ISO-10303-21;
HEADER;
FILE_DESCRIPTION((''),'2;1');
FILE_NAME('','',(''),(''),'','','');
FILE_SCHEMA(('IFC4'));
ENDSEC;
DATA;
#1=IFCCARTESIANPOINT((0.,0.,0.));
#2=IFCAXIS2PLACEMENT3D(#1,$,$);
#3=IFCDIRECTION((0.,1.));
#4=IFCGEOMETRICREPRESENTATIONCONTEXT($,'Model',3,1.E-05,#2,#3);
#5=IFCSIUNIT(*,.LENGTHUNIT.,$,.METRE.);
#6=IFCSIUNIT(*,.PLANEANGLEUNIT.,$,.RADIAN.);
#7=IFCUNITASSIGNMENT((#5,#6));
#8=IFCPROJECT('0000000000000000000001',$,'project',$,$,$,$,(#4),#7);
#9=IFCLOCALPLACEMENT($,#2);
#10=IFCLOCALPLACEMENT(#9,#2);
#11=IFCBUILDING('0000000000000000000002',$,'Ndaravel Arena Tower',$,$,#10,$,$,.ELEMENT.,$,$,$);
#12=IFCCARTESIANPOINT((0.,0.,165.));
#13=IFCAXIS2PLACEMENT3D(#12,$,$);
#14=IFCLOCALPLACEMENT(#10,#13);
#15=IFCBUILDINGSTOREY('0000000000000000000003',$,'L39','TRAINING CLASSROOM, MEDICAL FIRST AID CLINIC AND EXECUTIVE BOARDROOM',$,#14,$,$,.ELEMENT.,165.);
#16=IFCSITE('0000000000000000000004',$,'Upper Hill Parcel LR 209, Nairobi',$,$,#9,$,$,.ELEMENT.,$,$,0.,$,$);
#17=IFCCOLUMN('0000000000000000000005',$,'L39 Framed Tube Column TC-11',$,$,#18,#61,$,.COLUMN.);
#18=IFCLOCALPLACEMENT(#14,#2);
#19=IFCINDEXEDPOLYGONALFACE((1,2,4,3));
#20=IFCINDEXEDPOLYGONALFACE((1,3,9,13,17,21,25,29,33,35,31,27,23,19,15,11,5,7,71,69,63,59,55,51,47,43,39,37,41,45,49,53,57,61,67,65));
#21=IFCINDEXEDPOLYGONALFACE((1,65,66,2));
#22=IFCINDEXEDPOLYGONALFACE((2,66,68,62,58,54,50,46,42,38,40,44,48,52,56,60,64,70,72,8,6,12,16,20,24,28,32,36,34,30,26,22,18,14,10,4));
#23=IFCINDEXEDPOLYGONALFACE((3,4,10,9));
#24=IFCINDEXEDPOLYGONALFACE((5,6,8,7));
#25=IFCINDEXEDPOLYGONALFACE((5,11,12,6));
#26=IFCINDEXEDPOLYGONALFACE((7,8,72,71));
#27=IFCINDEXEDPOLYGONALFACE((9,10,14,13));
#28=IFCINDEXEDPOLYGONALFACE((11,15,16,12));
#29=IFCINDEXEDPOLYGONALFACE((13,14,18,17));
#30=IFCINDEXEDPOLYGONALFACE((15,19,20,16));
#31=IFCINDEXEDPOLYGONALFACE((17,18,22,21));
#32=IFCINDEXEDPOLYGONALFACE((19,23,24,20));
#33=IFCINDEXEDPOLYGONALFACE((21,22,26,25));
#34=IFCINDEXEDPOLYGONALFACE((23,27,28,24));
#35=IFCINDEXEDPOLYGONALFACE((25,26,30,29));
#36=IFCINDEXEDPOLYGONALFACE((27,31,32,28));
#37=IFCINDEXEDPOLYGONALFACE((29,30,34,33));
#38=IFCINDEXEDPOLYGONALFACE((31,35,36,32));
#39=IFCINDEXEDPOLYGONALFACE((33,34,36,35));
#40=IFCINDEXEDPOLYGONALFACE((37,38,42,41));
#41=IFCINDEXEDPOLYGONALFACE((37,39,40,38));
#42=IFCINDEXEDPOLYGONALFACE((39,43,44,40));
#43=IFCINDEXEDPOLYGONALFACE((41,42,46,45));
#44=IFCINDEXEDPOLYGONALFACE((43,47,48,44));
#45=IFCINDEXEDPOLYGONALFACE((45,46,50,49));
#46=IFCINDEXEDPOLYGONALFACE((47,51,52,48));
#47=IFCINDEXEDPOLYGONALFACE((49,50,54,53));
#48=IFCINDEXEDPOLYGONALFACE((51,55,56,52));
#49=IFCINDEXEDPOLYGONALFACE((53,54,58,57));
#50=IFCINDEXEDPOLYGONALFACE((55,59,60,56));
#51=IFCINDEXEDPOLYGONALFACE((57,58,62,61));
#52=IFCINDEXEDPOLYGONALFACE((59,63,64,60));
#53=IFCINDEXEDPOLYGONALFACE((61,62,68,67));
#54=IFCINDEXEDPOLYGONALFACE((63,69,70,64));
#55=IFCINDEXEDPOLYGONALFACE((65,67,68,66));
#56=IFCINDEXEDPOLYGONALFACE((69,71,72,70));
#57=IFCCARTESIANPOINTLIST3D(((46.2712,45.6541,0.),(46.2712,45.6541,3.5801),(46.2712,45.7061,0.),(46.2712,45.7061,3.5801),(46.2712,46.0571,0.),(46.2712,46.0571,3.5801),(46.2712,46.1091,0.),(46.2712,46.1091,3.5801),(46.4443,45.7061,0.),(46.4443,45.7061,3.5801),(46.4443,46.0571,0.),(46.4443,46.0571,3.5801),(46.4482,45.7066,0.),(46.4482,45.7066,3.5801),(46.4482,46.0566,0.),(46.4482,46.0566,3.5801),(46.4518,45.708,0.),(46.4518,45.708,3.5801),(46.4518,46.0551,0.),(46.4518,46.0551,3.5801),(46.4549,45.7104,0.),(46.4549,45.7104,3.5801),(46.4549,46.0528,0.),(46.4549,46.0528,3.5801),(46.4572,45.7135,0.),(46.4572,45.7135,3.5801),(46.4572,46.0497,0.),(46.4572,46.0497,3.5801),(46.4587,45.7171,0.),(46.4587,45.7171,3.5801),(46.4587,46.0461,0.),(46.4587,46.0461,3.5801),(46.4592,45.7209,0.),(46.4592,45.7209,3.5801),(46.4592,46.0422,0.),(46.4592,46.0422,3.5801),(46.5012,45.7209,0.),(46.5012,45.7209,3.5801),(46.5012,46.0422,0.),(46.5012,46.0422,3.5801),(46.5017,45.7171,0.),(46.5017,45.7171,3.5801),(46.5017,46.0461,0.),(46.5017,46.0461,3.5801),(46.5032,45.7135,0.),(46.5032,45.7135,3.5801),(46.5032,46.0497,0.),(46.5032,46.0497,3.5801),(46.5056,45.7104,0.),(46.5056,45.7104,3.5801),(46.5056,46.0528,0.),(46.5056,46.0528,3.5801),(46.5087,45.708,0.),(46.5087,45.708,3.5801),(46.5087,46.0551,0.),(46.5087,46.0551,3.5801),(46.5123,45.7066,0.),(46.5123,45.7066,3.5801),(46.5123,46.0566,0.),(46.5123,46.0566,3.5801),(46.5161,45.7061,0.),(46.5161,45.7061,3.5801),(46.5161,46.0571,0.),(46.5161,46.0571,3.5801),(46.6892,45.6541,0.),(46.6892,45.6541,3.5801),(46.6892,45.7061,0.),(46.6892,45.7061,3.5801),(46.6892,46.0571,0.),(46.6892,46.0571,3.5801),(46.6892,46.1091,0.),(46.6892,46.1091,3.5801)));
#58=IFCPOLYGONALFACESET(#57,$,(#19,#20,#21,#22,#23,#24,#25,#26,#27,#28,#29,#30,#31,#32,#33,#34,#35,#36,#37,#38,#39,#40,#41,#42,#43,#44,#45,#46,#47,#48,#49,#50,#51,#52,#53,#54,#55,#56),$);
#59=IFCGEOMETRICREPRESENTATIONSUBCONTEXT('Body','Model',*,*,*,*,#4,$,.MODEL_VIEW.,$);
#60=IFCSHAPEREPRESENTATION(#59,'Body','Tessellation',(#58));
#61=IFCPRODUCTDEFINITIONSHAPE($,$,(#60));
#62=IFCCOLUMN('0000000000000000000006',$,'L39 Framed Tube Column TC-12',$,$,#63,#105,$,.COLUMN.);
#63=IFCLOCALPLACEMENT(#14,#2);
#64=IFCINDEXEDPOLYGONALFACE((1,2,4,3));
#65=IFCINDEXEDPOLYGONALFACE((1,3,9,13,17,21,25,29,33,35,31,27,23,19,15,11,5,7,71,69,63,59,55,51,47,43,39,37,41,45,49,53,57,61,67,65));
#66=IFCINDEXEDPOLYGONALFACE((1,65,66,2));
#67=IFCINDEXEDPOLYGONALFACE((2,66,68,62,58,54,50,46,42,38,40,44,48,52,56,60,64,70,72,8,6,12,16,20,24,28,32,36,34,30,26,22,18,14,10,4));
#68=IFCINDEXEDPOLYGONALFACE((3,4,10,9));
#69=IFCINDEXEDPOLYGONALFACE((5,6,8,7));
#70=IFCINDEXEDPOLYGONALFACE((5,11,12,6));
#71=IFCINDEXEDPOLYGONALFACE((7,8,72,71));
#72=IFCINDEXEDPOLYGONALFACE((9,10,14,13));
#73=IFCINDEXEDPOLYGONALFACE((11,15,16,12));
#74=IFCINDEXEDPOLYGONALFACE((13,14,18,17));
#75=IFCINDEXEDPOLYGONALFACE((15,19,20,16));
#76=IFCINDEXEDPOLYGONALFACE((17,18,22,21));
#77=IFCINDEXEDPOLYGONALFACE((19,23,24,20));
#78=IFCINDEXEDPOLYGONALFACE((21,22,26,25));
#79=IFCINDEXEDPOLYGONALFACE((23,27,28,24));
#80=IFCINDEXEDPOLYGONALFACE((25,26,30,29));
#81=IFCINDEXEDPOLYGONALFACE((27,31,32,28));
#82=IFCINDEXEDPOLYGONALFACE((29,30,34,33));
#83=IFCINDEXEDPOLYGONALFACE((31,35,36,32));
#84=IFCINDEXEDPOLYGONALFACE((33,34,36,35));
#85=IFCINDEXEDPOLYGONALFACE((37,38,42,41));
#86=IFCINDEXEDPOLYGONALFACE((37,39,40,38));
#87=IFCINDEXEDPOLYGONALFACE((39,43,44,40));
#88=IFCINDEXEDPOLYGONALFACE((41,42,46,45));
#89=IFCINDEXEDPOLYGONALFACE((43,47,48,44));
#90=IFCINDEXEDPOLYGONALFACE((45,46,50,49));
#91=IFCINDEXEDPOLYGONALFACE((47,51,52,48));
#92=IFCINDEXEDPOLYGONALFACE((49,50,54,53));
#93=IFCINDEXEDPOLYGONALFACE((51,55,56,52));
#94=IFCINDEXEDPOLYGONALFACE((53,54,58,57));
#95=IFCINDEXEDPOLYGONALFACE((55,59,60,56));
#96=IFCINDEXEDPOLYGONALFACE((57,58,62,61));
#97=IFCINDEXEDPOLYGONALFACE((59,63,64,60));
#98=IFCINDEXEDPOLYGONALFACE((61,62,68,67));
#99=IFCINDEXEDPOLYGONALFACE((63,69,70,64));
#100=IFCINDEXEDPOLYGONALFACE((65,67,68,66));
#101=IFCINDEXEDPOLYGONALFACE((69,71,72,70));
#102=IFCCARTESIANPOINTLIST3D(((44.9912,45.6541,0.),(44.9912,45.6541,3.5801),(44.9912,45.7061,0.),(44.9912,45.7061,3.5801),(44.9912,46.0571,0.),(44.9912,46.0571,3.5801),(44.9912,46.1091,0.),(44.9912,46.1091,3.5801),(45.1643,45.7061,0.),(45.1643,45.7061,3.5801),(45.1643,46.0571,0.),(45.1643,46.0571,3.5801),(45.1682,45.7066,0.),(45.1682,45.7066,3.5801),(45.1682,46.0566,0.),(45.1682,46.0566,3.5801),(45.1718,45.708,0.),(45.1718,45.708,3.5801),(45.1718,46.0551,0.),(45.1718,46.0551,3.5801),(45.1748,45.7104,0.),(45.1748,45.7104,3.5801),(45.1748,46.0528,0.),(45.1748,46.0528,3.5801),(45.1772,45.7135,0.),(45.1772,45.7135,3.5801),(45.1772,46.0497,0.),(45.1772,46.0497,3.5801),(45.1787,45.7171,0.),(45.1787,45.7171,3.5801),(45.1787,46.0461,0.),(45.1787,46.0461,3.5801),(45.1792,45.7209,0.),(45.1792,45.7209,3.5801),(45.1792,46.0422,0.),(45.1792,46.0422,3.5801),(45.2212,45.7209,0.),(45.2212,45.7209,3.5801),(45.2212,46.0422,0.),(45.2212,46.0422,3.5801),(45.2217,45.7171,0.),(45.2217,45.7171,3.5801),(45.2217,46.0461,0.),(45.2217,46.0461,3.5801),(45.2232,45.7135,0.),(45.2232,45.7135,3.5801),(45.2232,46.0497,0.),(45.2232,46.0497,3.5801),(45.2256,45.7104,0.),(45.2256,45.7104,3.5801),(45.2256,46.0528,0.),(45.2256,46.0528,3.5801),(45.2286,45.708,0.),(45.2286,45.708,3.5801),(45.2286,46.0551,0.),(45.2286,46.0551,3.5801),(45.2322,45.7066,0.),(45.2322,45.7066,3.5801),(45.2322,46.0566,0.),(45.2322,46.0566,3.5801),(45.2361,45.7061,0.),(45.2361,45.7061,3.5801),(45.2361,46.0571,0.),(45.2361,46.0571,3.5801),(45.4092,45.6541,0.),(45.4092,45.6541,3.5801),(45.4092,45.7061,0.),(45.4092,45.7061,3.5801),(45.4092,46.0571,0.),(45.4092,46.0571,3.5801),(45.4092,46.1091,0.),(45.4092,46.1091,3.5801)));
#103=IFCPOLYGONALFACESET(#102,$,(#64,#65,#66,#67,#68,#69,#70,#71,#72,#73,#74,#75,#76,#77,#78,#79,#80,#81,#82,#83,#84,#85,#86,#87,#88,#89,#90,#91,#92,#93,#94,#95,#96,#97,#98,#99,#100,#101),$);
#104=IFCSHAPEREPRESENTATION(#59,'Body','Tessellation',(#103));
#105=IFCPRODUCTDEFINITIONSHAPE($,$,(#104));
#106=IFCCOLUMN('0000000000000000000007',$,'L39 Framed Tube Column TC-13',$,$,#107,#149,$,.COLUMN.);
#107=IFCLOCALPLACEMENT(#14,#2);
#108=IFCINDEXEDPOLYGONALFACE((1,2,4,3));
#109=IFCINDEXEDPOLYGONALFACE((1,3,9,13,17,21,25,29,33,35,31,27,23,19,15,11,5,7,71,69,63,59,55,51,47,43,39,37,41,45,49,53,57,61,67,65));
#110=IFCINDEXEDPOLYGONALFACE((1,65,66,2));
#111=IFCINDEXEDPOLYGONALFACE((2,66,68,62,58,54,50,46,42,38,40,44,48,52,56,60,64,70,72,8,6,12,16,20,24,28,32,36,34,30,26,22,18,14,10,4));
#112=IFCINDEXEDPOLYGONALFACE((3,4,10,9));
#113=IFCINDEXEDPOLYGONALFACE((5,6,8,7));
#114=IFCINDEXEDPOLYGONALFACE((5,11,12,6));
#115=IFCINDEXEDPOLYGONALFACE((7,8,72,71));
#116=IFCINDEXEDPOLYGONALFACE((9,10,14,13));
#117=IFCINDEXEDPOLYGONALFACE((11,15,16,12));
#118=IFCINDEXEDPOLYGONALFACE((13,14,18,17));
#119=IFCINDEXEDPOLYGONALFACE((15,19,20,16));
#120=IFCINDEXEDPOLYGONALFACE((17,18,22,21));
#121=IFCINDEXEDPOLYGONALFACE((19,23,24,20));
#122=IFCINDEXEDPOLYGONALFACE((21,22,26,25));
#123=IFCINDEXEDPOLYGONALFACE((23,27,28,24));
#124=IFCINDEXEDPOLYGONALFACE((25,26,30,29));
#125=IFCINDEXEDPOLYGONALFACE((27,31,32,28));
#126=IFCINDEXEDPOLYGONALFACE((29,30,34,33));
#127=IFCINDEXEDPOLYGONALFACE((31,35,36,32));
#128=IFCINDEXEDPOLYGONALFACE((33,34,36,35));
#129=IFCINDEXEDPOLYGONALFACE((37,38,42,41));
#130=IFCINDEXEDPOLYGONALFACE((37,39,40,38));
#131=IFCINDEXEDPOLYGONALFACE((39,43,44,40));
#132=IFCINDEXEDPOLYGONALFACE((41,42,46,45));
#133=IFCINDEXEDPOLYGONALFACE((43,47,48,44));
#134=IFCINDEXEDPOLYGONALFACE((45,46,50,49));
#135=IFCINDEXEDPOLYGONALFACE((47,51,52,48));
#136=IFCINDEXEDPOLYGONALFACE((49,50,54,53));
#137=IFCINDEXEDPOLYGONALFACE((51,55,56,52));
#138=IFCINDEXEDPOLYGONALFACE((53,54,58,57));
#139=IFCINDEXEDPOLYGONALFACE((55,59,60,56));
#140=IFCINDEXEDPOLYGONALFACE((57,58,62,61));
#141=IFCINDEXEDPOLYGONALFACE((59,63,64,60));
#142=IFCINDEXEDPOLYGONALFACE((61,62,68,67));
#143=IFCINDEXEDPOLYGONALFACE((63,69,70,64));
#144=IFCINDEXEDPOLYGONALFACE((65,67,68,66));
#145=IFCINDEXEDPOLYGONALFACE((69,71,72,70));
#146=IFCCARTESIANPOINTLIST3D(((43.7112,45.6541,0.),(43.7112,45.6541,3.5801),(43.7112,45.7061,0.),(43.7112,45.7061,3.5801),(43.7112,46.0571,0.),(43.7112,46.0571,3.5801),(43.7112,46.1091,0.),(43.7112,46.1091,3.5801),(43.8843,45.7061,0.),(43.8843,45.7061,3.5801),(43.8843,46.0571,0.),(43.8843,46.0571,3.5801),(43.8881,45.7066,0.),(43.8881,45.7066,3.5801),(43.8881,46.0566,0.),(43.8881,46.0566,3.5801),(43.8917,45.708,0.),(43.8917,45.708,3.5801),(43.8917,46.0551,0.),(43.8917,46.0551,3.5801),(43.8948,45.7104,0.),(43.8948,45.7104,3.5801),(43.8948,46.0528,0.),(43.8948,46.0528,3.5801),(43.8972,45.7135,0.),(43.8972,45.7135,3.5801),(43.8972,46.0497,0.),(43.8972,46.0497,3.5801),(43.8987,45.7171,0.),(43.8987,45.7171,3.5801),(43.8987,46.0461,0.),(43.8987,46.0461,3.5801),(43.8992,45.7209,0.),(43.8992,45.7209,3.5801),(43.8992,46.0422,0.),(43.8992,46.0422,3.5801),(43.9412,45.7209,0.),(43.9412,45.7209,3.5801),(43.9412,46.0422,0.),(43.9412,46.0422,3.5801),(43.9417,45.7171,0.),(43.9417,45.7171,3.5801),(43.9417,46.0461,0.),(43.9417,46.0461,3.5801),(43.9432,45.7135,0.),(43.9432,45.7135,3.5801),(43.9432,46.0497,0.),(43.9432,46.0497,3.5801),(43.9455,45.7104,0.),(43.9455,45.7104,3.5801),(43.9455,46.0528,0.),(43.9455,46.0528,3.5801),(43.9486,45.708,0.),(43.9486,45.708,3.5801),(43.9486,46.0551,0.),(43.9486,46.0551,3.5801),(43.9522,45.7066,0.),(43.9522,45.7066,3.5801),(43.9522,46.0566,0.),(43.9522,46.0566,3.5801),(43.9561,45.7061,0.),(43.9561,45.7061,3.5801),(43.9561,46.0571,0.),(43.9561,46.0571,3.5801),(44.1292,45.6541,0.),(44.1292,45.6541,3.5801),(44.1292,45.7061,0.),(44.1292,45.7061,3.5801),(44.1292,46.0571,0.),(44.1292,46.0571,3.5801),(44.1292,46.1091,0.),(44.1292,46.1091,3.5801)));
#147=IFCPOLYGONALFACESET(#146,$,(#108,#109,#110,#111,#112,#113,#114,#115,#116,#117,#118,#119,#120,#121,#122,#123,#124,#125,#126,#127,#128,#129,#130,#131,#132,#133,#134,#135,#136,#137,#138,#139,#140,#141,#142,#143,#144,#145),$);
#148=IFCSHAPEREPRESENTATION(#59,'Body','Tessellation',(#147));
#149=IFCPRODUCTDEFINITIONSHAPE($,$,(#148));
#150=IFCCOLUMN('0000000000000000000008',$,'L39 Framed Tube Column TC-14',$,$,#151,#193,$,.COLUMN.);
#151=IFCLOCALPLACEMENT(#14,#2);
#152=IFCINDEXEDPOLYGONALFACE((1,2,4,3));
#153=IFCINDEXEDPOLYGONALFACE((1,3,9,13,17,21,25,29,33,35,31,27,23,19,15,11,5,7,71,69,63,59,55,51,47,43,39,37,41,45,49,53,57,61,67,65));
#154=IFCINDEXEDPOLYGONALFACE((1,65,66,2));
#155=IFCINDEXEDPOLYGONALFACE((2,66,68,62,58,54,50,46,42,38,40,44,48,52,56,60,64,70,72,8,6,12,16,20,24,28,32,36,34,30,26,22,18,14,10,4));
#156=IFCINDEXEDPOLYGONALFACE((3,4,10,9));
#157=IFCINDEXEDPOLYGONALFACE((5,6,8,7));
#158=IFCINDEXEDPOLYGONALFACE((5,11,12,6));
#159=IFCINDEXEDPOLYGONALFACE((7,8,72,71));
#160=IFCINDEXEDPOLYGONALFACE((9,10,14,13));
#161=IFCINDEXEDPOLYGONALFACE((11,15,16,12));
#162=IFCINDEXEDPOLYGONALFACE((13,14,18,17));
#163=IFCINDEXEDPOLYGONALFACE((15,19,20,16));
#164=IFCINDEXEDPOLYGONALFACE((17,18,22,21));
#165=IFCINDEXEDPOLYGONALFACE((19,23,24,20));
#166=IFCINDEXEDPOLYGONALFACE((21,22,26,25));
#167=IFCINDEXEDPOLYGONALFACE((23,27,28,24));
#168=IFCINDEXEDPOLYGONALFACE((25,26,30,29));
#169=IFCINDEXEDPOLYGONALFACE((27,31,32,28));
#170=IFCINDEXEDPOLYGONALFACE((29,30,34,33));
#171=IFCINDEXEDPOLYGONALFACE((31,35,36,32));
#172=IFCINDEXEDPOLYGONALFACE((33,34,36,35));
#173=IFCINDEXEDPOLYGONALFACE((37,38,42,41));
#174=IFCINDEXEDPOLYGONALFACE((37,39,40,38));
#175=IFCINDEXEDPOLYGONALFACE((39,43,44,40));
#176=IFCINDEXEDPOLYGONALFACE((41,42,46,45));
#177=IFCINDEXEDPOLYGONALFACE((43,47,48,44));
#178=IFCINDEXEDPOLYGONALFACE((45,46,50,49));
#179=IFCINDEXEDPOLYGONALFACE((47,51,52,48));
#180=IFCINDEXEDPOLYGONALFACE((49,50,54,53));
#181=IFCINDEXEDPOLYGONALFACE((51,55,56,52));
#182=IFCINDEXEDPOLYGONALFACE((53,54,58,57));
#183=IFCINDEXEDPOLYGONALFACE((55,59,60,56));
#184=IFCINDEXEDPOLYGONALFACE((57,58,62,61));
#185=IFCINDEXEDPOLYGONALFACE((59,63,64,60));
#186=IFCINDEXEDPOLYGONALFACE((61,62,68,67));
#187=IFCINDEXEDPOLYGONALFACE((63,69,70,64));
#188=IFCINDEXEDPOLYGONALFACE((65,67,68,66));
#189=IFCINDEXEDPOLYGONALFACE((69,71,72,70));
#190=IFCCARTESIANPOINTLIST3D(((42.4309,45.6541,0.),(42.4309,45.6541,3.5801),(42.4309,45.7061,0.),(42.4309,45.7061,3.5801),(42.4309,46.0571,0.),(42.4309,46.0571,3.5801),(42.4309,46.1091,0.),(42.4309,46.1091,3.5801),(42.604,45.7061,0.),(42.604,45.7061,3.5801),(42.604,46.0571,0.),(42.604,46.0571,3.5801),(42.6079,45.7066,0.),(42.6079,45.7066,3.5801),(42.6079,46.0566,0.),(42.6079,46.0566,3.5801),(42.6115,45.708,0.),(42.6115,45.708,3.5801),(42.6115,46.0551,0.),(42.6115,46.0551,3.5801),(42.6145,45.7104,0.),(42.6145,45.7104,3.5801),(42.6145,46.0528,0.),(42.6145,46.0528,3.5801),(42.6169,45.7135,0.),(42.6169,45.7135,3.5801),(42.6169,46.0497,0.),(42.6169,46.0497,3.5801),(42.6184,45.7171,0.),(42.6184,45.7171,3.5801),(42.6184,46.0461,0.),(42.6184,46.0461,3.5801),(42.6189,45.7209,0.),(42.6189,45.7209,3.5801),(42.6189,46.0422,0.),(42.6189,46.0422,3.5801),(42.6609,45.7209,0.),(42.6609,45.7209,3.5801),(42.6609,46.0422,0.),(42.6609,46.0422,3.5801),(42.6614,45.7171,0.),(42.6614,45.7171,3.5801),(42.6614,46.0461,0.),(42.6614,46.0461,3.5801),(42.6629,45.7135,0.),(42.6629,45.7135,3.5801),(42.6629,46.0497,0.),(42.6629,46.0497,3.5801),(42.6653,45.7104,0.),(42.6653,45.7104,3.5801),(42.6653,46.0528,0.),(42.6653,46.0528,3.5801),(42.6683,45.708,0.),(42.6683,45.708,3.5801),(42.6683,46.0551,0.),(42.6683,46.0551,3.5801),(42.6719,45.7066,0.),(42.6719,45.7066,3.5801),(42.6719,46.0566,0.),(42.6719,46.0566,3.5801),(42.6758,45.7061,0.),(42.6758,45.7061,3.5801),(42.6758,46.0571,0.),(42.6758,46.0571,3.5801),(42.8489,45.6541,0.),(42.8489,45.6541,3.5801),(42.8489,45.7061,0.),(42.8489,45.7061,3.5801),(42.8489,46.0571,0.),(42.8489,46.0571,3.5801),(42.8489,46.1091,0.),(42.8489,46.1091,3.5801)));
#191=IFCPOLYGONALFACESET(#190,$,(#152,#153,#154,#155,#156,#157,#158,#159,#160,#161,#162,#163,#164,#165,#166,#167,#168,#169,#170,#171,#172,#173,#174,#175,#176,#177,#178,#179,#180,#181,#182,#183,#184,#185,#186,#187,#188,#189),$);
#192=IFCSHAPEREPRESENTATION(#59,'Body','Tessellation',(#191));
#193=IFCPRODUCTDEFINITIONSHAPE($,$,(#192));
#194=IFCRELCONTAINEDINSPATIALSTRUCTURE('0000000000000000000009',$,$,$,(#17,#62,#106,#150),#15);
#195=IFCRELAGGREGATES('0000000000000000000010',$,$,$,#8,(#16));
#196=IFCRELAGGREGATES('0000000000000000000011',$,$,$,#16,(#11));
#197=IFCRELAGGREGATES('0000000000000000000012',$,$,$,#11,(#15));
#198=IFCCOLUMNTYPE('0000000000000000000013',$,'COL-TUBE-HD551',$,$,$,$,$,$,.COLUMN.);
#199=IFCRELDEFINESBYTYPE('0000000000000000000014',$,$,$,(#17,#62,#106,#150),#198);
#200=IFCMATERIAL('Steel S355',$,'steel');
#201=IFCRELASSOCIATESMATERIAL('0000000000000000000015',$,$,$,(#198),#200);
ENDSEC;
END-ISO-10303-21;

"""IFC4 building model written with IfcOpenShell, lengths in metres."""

from ifc_helpers import new_model, si_unit, direction, frame, origin, origin_2d, place, context, subcontext, project, spatial, i_section, extrude, material, material_profile, profile_set, type_object, element, save


model = new_model("IFC4")

# Units and contexts
model_context = context("Model", 3, precision=1e-05, world=origin(), true_north=direction((0.0, 1.0)))
body_context = subcontext(model_context, "Body", "Model", "MODEL_VIEW")
ifc_project = project(units=[si_unit("LENGTHUNIT", "METRE"), si_unit("PLANEANGLEUNIT", "RADIAN")], contexts=[model_context])

# Site, building, storey
site_placement = place(None, origin())
site = spatial("IfcSite", under=ifc_project, at=site_placement, Name="Upper Hill Parcel LR 209, Nairobi", CompositionType="ELEMENT", RefElevation=0.0)
building_placement = place(site_placement, origin())
building = spatial("IfcBuilding", under=site, at=building_placement, Name="Ndaravel Arena Tower", CompositionType="ELEMENT")
storey_placement = place(building_placement, frame((0.0, 0.0, 165.0)))
storey = spatial("IfcBuildingStorey", under=building, at=storey_placement, Name="L39", Description="TRAINING CLASSROOM, MEDICAL FIRST AID CLINIC AND EXECUTIVE BOARDROOM", CompositionType="ELEMENT", Elevation=165.0)

# Columns
ifc_material_1 = material(Name="Steel S355", Category="steel")
ifc_material_profile_1 = material_profile(ifc_material_1, i_section(OverallWidth=0.418, OverallDepth=0.4551, WebThickness=0.042, FlangeThickness=0.052, FilletRadius=0.0149, at=origin_2d()), Name="HD 400x551")
ifc_profile_set_1 = profile_set([ifc_material_profile_1], Name="Steel S355")
column_type = type_object("IfcColumnType", Name="COL-TUBE-HD551", PredefinedType="COLUMN", material=ifc_profile_set_1)
for number, where, z_axis, x_axis, name in (
    (1, (46.4802, 45.8816, 0.0), (0.0, 0.0, 1.0), (1.0, 0.0, 0.0), "L39 Framed Tube Column TC-11"),
    (2, (45.2002, 45.8816, 0.0), (0.0, 0.0, 1.0), (1.0, 0.0, 0.0), "L39 Framed Tube Column TC-12"),
    (3, (43.9202, 45.8816, 0.0), (0.0, 0.0, 1.0), (1.0, 0.0, 0.0), "L39 Framed Tube Column TC-13"),
    (4, (42.6399, 45.8816, 0.0), (0.0, 0.0, 1.0), (1.0, 0.0, 0.0), "L39 Framed Tube Column TC-14"),
):
    element("IfcColumn", number, at=place(storey_placement, frame(where, z_axis=z_axis, x_axis=x_axis)), inside=storey, type_object=column_type, Name=name, PredefinedType="COLUMN", context=body_context, shape_type="SweptSolid", body=[
        extrude(i_section(OverallWidth=0.418, OverallDepth=0.4551, WebThickness=0.042, FlangeThickness=0.052, FilletRadius=0.0149, at=origin_2d()), origin(), (0.0, 0.0, 1.0), 3.5801),
    ])

save(model, "model.ifc")
